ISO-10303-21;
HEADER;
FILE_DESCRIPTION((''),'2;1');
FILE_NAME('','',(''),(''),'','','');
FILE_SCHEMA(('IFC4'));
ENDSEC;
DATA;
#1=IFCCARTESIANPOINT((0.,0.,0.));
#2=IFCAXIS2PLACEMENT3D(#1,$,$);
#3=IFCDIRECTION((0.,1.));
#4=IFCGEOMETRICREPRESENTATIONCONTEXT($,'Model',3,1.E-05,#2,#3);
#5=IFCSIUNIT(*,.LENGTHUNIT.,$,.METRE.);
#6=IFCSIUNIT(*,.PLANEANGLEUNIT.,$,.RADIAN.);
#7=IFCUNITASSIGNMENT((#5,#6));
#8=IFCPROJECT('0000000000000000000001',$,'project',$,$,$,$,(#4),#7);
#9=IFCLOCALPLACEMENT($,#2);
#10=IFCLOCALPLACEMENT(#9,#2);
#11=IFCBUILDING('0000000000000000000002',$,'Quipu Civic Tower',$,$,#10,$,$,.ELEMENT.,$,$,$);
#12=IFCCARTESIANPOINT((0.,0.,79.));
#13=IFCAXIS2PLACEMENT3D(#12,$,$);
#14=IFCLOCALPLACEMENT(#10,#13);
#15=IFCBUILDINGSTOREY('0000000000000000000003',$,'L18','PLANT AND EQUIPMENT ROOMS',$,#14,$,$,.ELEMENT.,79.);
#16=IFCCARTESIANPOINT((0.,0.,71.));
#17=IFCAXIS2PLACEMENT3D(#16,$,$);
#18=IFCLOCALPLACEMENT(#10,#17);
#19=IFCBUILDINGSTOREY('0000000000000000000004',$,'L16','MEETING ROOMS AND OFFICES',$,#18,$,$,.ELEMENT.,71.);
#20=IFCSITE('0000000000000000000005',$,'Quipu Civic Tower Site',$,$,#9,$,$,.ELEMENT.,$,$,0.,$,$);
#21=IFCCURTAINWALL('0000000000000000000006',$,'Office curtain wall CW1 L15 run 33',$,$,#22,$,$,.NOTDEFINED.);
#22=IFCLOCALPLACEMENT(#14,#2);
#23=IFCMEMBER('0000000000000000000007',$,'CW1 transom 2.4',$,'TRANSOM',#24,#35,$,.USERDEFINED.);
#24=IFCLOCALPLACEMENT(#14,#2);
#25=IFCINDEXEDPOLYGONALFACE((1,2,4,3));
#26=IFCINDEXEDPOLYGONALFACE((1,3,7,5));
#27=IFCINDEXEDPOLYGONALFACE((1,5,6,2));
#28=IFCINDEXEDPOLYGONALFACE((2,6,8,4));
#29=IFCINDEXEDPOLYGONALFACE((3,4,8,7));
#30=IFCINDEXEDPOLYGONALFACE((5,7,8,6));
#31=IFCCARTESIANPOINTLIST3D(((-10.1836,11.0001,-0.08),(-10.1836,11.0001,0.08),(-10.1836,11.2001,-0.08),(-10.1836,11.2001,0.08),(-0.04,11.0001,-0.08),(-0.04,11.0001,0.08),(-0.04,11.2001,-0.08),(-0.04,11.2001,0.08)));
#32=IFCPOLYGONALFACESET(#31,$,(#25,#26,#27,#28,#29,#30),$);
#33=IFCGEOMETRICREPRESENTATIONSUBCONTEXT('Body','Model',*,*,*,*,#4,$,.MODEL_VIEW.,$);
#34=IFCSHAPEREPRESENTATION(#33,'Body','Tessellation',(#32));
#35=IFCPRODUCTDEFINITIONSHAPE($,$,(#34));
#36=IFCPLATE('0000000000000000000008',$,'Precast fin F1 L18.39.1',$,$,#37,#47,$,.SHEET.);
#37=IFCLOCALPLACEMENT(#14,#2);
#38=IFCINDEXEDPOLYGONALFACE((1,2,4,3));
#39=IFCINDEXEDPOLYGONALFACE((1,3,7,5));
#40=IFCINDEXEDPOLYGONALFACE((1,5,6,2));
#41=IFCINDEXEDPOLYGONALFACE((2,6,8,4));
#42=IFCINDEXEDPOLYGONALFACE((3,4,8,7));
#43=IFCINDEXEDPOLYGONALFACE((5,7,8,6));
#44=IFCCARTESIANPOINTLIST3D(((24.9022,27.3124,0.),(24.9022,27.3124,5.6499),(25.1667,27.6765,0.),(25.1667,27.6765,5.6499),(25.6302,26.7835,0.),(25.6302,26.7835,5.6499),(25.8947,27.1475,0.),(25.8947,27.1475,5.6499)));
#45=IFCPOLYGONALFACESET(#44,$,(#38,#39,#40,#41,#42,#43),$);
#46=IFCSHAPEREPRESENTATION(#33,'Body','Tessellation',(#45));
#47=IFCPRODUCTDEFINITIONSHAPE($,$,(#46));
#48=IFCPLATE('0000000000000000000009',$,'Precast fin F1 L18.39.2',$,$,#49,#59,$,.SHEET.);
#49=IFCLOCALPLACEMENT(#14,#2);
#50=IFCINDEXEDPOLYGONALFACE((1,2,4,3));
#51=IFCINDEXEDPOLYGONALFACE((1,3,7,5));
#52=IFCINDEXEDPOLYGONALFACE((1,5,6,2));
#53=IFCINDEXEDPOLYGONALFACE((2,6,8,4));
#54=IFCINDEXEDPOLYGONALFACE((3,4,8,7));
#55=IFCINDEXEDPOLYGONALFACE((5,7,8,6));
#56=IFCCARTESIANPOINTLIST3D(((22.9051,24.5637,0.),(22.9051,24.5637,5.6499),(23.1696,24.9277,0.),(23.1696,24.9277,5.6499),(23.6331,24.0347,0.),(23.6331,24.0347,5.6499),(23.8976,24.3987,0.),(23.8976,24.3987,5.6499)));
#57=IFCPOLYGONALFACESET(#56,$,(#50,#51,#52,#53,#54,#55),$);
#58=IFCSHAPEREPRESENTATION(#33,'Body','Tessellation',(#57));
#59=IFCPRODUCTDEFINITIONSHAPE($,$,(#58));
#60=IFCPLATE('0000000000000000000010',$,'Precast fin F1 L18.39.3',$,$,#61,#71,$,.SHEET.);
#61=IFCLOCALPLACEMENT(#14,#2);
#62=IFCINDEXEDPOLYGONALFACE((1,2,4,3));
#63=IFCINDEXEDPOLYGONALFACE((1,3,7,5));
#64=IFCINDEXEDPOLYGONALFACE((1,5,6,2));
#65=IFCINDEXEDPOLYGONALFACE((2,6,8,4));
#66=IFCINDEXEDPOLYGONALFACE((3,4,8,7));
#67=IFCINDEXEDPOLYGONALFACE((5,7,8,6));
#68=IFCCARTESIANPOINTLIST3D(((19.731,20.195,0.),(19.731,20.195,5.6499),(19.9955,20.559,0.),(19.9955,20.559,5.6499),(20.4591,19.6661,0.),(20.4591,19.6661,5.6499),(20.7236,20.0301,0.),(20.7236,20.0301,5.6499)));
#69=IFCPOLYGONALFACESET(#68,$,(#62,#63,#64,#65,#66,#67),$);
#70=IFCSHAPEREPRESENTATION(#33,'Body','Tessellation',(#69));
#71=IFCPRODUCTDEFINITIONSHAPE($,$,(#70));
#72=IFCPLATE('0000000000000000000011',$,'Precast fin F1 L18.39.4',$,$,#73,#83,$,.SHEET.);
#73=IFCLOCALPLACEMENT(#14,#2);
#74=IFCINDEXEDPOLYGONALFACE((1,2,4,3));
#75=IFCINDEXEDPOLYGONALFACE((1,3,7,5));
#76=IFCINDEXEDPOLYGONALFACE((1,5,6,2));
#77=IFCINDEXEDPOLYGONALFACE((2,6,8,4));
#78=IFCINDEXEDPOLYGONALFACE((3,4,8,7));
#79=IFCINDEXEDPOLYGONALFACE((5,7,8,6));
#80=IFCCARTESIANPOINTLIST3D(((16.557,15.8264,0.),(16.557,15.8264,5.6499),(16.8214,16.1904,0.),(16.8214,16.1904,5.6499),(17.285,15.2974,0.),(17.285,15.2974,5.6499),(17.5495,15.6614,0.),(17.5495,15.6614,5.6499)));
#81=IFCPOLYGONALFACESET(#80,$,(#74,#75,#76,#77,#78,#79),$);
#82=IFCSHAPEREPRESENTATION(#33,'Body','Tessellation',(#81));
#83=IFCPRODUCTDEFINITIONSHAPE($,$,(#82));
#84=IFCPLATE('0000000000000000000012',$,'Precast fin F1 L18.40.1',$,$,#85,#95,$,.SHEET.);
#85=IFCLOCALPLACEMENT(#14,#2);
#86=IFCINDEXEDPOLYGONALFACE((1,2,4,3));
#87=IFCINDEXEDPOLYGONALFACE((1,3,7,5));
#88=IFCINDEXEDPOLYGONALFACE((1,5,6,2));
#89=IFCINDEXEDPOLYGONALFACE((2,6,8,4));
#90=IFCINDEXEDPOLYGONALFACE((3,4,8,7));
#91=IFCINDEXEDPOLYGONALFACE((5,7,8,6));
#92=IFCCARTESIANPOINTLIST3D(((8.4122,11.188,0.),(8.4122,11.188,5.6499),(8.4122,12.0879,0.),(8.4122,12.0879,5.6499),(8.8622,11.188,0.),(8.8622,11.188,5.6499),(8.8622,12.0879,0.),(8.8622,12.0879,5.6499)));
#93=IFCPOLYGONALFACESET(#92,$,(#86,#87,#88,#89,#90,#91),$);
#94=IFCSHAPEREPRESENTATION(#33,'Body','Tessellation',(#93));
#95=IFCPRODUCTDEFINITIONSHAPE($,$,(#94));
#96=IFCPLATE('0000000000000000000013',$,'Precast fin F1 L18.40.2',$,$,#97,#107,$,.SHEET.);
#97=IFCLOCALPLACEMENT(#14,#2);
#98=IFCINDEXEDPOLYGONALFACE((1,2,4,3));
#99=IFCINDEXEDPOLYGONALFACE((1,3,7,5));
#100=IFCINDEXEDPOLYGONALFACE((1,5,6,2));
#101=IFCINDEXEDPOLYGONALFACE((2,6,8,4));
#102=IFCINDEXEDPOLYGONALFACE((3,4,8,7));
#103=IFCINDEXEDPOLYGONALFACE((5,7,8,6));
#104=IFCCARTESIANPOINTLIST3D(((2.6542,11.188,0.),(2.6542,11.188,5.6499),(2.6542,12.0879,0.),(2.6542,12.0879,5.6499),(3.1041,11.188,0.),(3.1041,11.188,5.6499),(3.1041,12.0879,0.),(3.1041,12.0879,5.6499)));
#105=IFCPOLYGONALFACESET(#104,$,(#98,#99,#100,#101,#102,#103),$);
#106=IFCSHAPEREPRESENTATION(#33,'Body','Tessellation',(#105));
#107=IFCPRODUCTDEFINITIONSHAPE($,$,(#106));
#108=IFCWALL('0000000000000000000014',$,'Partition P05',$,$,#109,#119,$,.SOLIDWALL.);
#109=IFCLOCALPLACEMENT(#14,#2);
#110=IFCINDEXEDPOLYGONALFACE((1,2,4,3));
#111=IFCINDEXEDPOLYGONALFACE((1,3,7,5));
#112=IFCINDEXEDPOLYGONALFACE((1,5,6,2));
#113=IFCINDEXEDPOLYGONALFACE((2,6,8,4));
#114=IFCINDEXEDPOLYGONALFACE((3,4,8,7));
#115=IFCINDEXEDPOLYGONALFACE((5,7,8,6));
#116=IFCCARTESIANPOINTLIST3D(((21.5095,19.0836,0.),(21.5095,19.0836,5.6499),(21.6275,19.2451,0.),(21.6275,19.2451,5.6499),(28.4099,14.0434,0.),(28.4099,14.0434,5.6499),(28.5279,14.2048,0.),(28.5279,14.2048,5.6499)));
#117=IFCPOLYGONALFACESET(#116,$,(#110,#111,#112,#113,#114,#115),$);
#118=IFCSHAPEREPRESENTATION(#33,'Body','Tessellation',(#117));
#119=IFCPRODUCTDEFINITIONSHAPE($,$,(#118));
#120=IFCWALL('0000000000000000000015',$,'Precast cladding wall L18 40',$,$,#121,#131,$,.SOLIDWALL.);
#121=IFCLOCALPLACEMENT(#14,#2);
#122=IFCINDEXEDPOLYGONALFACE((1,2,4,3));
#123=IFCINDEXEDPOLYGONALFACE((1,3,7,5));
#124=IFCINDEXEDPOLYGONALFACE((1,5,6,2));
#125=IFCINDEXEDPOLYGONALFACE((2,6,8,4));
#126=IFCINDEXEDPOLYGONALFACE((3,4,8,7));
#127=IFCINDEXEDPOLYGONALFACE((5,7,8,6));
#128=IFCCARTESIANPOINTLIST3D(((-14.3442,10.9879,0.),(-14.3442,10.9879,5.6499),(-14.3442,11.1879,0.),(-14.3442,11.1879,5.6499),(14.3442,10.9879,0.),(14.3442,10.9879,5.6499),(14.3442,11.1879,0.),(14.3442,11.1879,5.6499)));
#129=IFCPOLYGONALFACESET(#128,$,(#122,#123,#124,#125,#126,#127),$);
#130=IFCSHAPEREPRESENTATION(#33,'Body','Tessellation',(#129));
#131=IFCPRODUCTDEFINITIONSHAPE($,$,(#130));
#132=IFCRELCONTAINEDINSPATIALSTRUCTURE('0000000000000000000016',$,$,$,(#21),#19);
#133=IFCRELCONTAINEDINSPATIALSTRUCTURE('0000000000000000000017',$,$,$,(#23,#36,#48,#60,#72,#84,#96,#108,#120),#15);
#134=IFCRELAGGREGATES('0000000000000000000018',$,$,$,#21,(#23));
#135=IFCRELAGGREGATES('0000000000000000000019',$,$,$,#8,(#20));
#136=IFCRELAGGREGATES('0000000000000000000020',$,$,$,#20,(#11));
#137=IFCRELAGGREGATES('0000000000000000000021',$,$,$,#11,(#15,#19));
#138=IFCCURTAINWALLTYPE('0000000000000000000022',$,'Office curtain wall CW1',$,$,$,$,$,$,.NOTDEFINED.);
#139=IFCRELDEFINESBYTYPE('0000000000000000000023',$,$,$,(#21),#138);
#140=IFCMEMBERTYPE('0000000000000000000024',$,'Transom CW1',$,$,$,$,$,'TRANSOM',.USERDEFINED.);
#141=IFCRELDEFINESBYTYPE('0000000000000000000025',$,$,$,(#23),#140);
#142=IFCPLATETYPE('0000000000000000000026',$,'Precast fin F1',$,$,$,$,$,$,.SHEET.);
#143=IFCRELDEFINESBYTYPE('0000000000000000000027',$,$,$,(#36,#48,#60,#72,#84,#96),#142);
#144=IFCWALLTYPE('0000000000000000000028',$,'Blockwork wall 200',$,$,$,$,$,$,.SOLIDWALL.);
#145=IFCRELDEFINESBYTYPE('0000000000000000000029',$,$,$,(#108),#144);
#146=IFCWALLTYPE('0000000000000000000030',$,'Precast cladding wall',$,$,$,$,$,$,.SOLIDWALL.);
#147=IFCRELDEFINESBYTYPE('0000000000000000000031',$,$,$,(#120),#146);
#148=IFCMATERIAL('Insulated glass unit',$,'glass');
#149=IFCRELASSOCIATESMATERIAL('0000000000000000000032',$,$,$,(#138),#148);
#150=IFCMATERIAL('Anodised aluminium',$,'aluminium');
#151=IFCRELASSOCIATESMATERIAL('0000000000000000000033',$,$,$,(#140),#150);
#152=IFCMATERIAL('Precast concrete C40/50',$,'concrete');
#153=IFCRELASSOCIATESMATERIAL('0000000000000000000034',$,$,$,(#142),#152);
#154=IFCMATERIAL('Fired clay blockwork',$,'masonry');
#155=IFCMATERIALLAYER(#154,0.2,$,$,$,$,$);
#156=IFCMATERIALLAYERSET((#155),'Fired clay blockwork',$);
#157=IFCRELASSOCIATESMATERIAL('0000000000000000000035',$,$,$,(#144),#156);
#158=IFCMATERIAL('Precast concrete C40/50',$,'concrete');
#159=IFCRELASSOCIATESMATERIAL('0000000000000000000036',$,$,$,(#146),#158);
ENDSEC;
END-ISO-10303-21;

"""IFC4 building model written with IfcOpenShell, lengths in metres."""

from ifc_helpers import new_model, si_unit, direction, frame, frame_2d, origin, origin_2d, place, context, subcontext, project, spatial, rectangle, extrude, material, layer, layer_set, material_profile, profile_set, type_object, element, aggregate, save


model = new_model("IFC4")

# Units and contexts
model_context = context("Model", 3, precision=1e-05, world=origin(), true_north=direction((0.0, 1.0)))
body_context = subcontext(model_context, "Body", "Model", "MODEL_VIEW")
ifc_project = project(units=[si_unit("LENGTHUNIT", "METRE"), si_unit("PLANEANGLEUNIT", "RADIAN")], contexts=[model_context])

# Site, building, storey
site_placement = place(None, origin())
site = spatial("IfcSite", under=ifc_project, at=site_placement, Name="Quipu Civic Tower Site", CompositionType="ELEMENT", RefElevation=0.0)
building_placement = place(site_placement, origin())
building = spatial("IfcBuilding", under=site, at=building_placement, Name="Quipu Civic Tower", CompositionType="ELEMENT")
storey_1_placement = place(building_placement, frame((0.0, 0.0, 79.0)))
storey_1 = spatial("IfcBuildingStorey", under=building, at=storey_1_placement, Name="L18", Description="PLANT AND EQUIPMENT ROOMS", CompositionType="ELEMENT", Elevation=79.0)

# Shared definitions
storey_2_placement = place(building_placement, frame((0.0, 0.0, 71.0)))
storey_2 = spatial("IfcBuildingStorey", under=building, at=storey_2_placement, Name="L16", Description="MEETING ROOMS AND OFFICES", CompositionType="ELEMENT", Elevation=71.0)

# Shared definitions
ifc_material_1 = material(Name="Insulated glass unit", Category="glass")
curtain_wall_type = type_object("IfcCurtainWallType", Name="Office curtain wall CW1", PredefinedType="NOTDEFINED", material=ifc_material_1)
ifc_material_2 = material(Name="Anodised aluminium", Category="aluminium")
ifc_material_profile_1 = material_profile(ifc_material_2, rectangle(XDim=0.2, YDim=0.1599, at=origin_2d()), Name="RECT 200x160")
ifc_profile_set_1 = profile_set([ifc_material_profile_1], Name="Anodised aluminium")
member_type_1 = type_object("IfcMemberType", Name="Transom CW1", ElementType="TRANSOM", PredefinedType="USERDEFINED", material=ifc_profile_set_1)

# Curtain wall, member
curtain_wall_1_placement = place(storey_2_placement, origin())
curtain_wall_1 = element("IfcCurtainWall", 1, at=curtain_wall_1_placement, inside=storey_2, type_object=curtain_wall_type, Name="Office curtain wall CW1 L15 run 33", PredefinedType="NOTDEFINED")
member_1_placement = place(storey_1_placement, frame((-0.04, 11.1001, 0.0), z_axis=(-1.0, 0.0, 0.0), x_axis=(0.0, -1.0, 0.0)))
member_1 = element("IfcMember", 2, at=member_1_placement, inside=storey_1, type_object=member_type_1, Name="CW1 transom 2.4", ObjectType="TRANSOM", PredefinedType="USERDEFINED", context=body_context, shape_type="SweptSolid", body=[
    extrude(rectangle(XDim=0.2, YDim=0.1599, at=origin_2d()), origin(), (0.0, 0.0, 1.0), 10.1436),
])
aggregate(curtain_wall_1, [member_1])

# Plates
ifc_material_3 = material(Name="Precast concrete C40/50", Category="concrete")
plate_type = type_object("IfcPlateType", Name="Precast fin F1", PredefinedType="SHEET", material=ifc_material_3)
for number, where, z_axis, x_axis, name in (
    (3, (25.3984, 27.23, 0.0), (0.0, 0.0, 1.0), (-0.587787, -0.809016, 0.0), "Precast fin F1 L18.39.1"),
    (4, (23.4014, 24.4812, 0.0), (0.0, 0.0, 1.0), (-0.587787, -0.809016, 0.0), "Precast fin F1 L18.39.2"),
    (5, (20.2273, 20.1125, 0.0), (0.0, 0.0, 1.0), (-0.587787, -0.809016, 0.0), "Precast fin F1 L18.39.3"),
    (6, (17.0532, 15.7439, 0.0), (0.0, 0.0, 1.0), (-0.587787, -0.809016, 0.0), "Precast fin F1 L18.39.4"),
    (7, (8.6372, 11.6379, 0.0), (0.0, 0.0, 1.0), (-1.0, 0.0, 0.0), "Precast fin F1 L18.40.1"),
    (8, (2.8792, 11.6379, 0.0), (0.0, 0.0, 1.0), (-1.0, 0.0, 0.0), "Precast fin F1 L18.40.2"),
):
    element("IfcPlate", number, at=place(storey_1_placement, frame(where, z_axis=z_axis, x_axis=x_axis)), inside=storey_1, type_object=plate_type, Name=name, PredefinedType="SHEET", context=body_context, shape_type="SweptSolid", body=[
        extrude(rectangle(XDim=0.45, YDim=0.8999, at=origin_2d()), origin(), (0.0, 0.0, 1.0), 5.6499),
    ])

# Walls
ifc_material_4 = material(Name="Fired clay blockwork", Category="masonry")
ifc_layer = layer(ifc_material_4, 0.2)
ifc_layer_set = layer_set([ifc_layer], Name="Fired clay blockwork")
wall_type_1 = type_object("IfcWallType", Name="Blockwork wall 200", PredefinedType="SOLIDWALL", material=ifc_layer_set)
wall_1_placement = place(storey_1_placement, frame((21.5686, 19.1643, 0.0), z_axis=(0.0, 0.0, 1.0), x_axis=(0.80752, -0.58984, 0.0)))
element("IfcWall", 9, at=wall_1_placement, inside=storey_1, type_object=wall_type_1, Name="Partition P05", PredefinedType="SOLIDWALL", context=body_context, shape_type="SweptSolid", body=[
    extrude(rectangle(XDim=8.5452, YDim=0.2, at=frame_2d((4.2725, 0.0))), origin(), (0.0, 0.0, 1.0), 5.6499),
])
ifc_material_5 = material(Name="Precast concrete C40/50", Category="concrete")
wall_type_2 = type_object("IfcWallType", Name="Precast cladding wall", PredefinedType="SOLIDWALL", material=ifc_material_5)
wall_2_placement = place(storey_1_placement, frame((14.3442, 11.0879, 0.0), z_axis=(0.0, 0.0, 1.0), x_axis=(-1.0, 0.0, 0.0)))
element("IfcWall", 10, at=wall_2_placement, inside=storey_1, type_object=wall_type_2, Name="Precast cladding wall L18 40", PredefinedType="SOLIDWALL", context=body_context, shape_type="SweptSolid", body=[
    extrude(rectangle(XDim=28.6885, YDim=0.2, at=frame_2d((14.3442, 0.0))), origin(), (0.0, 0.0, 1.0), 5.6499),
])

save(model, "model.ifc")
